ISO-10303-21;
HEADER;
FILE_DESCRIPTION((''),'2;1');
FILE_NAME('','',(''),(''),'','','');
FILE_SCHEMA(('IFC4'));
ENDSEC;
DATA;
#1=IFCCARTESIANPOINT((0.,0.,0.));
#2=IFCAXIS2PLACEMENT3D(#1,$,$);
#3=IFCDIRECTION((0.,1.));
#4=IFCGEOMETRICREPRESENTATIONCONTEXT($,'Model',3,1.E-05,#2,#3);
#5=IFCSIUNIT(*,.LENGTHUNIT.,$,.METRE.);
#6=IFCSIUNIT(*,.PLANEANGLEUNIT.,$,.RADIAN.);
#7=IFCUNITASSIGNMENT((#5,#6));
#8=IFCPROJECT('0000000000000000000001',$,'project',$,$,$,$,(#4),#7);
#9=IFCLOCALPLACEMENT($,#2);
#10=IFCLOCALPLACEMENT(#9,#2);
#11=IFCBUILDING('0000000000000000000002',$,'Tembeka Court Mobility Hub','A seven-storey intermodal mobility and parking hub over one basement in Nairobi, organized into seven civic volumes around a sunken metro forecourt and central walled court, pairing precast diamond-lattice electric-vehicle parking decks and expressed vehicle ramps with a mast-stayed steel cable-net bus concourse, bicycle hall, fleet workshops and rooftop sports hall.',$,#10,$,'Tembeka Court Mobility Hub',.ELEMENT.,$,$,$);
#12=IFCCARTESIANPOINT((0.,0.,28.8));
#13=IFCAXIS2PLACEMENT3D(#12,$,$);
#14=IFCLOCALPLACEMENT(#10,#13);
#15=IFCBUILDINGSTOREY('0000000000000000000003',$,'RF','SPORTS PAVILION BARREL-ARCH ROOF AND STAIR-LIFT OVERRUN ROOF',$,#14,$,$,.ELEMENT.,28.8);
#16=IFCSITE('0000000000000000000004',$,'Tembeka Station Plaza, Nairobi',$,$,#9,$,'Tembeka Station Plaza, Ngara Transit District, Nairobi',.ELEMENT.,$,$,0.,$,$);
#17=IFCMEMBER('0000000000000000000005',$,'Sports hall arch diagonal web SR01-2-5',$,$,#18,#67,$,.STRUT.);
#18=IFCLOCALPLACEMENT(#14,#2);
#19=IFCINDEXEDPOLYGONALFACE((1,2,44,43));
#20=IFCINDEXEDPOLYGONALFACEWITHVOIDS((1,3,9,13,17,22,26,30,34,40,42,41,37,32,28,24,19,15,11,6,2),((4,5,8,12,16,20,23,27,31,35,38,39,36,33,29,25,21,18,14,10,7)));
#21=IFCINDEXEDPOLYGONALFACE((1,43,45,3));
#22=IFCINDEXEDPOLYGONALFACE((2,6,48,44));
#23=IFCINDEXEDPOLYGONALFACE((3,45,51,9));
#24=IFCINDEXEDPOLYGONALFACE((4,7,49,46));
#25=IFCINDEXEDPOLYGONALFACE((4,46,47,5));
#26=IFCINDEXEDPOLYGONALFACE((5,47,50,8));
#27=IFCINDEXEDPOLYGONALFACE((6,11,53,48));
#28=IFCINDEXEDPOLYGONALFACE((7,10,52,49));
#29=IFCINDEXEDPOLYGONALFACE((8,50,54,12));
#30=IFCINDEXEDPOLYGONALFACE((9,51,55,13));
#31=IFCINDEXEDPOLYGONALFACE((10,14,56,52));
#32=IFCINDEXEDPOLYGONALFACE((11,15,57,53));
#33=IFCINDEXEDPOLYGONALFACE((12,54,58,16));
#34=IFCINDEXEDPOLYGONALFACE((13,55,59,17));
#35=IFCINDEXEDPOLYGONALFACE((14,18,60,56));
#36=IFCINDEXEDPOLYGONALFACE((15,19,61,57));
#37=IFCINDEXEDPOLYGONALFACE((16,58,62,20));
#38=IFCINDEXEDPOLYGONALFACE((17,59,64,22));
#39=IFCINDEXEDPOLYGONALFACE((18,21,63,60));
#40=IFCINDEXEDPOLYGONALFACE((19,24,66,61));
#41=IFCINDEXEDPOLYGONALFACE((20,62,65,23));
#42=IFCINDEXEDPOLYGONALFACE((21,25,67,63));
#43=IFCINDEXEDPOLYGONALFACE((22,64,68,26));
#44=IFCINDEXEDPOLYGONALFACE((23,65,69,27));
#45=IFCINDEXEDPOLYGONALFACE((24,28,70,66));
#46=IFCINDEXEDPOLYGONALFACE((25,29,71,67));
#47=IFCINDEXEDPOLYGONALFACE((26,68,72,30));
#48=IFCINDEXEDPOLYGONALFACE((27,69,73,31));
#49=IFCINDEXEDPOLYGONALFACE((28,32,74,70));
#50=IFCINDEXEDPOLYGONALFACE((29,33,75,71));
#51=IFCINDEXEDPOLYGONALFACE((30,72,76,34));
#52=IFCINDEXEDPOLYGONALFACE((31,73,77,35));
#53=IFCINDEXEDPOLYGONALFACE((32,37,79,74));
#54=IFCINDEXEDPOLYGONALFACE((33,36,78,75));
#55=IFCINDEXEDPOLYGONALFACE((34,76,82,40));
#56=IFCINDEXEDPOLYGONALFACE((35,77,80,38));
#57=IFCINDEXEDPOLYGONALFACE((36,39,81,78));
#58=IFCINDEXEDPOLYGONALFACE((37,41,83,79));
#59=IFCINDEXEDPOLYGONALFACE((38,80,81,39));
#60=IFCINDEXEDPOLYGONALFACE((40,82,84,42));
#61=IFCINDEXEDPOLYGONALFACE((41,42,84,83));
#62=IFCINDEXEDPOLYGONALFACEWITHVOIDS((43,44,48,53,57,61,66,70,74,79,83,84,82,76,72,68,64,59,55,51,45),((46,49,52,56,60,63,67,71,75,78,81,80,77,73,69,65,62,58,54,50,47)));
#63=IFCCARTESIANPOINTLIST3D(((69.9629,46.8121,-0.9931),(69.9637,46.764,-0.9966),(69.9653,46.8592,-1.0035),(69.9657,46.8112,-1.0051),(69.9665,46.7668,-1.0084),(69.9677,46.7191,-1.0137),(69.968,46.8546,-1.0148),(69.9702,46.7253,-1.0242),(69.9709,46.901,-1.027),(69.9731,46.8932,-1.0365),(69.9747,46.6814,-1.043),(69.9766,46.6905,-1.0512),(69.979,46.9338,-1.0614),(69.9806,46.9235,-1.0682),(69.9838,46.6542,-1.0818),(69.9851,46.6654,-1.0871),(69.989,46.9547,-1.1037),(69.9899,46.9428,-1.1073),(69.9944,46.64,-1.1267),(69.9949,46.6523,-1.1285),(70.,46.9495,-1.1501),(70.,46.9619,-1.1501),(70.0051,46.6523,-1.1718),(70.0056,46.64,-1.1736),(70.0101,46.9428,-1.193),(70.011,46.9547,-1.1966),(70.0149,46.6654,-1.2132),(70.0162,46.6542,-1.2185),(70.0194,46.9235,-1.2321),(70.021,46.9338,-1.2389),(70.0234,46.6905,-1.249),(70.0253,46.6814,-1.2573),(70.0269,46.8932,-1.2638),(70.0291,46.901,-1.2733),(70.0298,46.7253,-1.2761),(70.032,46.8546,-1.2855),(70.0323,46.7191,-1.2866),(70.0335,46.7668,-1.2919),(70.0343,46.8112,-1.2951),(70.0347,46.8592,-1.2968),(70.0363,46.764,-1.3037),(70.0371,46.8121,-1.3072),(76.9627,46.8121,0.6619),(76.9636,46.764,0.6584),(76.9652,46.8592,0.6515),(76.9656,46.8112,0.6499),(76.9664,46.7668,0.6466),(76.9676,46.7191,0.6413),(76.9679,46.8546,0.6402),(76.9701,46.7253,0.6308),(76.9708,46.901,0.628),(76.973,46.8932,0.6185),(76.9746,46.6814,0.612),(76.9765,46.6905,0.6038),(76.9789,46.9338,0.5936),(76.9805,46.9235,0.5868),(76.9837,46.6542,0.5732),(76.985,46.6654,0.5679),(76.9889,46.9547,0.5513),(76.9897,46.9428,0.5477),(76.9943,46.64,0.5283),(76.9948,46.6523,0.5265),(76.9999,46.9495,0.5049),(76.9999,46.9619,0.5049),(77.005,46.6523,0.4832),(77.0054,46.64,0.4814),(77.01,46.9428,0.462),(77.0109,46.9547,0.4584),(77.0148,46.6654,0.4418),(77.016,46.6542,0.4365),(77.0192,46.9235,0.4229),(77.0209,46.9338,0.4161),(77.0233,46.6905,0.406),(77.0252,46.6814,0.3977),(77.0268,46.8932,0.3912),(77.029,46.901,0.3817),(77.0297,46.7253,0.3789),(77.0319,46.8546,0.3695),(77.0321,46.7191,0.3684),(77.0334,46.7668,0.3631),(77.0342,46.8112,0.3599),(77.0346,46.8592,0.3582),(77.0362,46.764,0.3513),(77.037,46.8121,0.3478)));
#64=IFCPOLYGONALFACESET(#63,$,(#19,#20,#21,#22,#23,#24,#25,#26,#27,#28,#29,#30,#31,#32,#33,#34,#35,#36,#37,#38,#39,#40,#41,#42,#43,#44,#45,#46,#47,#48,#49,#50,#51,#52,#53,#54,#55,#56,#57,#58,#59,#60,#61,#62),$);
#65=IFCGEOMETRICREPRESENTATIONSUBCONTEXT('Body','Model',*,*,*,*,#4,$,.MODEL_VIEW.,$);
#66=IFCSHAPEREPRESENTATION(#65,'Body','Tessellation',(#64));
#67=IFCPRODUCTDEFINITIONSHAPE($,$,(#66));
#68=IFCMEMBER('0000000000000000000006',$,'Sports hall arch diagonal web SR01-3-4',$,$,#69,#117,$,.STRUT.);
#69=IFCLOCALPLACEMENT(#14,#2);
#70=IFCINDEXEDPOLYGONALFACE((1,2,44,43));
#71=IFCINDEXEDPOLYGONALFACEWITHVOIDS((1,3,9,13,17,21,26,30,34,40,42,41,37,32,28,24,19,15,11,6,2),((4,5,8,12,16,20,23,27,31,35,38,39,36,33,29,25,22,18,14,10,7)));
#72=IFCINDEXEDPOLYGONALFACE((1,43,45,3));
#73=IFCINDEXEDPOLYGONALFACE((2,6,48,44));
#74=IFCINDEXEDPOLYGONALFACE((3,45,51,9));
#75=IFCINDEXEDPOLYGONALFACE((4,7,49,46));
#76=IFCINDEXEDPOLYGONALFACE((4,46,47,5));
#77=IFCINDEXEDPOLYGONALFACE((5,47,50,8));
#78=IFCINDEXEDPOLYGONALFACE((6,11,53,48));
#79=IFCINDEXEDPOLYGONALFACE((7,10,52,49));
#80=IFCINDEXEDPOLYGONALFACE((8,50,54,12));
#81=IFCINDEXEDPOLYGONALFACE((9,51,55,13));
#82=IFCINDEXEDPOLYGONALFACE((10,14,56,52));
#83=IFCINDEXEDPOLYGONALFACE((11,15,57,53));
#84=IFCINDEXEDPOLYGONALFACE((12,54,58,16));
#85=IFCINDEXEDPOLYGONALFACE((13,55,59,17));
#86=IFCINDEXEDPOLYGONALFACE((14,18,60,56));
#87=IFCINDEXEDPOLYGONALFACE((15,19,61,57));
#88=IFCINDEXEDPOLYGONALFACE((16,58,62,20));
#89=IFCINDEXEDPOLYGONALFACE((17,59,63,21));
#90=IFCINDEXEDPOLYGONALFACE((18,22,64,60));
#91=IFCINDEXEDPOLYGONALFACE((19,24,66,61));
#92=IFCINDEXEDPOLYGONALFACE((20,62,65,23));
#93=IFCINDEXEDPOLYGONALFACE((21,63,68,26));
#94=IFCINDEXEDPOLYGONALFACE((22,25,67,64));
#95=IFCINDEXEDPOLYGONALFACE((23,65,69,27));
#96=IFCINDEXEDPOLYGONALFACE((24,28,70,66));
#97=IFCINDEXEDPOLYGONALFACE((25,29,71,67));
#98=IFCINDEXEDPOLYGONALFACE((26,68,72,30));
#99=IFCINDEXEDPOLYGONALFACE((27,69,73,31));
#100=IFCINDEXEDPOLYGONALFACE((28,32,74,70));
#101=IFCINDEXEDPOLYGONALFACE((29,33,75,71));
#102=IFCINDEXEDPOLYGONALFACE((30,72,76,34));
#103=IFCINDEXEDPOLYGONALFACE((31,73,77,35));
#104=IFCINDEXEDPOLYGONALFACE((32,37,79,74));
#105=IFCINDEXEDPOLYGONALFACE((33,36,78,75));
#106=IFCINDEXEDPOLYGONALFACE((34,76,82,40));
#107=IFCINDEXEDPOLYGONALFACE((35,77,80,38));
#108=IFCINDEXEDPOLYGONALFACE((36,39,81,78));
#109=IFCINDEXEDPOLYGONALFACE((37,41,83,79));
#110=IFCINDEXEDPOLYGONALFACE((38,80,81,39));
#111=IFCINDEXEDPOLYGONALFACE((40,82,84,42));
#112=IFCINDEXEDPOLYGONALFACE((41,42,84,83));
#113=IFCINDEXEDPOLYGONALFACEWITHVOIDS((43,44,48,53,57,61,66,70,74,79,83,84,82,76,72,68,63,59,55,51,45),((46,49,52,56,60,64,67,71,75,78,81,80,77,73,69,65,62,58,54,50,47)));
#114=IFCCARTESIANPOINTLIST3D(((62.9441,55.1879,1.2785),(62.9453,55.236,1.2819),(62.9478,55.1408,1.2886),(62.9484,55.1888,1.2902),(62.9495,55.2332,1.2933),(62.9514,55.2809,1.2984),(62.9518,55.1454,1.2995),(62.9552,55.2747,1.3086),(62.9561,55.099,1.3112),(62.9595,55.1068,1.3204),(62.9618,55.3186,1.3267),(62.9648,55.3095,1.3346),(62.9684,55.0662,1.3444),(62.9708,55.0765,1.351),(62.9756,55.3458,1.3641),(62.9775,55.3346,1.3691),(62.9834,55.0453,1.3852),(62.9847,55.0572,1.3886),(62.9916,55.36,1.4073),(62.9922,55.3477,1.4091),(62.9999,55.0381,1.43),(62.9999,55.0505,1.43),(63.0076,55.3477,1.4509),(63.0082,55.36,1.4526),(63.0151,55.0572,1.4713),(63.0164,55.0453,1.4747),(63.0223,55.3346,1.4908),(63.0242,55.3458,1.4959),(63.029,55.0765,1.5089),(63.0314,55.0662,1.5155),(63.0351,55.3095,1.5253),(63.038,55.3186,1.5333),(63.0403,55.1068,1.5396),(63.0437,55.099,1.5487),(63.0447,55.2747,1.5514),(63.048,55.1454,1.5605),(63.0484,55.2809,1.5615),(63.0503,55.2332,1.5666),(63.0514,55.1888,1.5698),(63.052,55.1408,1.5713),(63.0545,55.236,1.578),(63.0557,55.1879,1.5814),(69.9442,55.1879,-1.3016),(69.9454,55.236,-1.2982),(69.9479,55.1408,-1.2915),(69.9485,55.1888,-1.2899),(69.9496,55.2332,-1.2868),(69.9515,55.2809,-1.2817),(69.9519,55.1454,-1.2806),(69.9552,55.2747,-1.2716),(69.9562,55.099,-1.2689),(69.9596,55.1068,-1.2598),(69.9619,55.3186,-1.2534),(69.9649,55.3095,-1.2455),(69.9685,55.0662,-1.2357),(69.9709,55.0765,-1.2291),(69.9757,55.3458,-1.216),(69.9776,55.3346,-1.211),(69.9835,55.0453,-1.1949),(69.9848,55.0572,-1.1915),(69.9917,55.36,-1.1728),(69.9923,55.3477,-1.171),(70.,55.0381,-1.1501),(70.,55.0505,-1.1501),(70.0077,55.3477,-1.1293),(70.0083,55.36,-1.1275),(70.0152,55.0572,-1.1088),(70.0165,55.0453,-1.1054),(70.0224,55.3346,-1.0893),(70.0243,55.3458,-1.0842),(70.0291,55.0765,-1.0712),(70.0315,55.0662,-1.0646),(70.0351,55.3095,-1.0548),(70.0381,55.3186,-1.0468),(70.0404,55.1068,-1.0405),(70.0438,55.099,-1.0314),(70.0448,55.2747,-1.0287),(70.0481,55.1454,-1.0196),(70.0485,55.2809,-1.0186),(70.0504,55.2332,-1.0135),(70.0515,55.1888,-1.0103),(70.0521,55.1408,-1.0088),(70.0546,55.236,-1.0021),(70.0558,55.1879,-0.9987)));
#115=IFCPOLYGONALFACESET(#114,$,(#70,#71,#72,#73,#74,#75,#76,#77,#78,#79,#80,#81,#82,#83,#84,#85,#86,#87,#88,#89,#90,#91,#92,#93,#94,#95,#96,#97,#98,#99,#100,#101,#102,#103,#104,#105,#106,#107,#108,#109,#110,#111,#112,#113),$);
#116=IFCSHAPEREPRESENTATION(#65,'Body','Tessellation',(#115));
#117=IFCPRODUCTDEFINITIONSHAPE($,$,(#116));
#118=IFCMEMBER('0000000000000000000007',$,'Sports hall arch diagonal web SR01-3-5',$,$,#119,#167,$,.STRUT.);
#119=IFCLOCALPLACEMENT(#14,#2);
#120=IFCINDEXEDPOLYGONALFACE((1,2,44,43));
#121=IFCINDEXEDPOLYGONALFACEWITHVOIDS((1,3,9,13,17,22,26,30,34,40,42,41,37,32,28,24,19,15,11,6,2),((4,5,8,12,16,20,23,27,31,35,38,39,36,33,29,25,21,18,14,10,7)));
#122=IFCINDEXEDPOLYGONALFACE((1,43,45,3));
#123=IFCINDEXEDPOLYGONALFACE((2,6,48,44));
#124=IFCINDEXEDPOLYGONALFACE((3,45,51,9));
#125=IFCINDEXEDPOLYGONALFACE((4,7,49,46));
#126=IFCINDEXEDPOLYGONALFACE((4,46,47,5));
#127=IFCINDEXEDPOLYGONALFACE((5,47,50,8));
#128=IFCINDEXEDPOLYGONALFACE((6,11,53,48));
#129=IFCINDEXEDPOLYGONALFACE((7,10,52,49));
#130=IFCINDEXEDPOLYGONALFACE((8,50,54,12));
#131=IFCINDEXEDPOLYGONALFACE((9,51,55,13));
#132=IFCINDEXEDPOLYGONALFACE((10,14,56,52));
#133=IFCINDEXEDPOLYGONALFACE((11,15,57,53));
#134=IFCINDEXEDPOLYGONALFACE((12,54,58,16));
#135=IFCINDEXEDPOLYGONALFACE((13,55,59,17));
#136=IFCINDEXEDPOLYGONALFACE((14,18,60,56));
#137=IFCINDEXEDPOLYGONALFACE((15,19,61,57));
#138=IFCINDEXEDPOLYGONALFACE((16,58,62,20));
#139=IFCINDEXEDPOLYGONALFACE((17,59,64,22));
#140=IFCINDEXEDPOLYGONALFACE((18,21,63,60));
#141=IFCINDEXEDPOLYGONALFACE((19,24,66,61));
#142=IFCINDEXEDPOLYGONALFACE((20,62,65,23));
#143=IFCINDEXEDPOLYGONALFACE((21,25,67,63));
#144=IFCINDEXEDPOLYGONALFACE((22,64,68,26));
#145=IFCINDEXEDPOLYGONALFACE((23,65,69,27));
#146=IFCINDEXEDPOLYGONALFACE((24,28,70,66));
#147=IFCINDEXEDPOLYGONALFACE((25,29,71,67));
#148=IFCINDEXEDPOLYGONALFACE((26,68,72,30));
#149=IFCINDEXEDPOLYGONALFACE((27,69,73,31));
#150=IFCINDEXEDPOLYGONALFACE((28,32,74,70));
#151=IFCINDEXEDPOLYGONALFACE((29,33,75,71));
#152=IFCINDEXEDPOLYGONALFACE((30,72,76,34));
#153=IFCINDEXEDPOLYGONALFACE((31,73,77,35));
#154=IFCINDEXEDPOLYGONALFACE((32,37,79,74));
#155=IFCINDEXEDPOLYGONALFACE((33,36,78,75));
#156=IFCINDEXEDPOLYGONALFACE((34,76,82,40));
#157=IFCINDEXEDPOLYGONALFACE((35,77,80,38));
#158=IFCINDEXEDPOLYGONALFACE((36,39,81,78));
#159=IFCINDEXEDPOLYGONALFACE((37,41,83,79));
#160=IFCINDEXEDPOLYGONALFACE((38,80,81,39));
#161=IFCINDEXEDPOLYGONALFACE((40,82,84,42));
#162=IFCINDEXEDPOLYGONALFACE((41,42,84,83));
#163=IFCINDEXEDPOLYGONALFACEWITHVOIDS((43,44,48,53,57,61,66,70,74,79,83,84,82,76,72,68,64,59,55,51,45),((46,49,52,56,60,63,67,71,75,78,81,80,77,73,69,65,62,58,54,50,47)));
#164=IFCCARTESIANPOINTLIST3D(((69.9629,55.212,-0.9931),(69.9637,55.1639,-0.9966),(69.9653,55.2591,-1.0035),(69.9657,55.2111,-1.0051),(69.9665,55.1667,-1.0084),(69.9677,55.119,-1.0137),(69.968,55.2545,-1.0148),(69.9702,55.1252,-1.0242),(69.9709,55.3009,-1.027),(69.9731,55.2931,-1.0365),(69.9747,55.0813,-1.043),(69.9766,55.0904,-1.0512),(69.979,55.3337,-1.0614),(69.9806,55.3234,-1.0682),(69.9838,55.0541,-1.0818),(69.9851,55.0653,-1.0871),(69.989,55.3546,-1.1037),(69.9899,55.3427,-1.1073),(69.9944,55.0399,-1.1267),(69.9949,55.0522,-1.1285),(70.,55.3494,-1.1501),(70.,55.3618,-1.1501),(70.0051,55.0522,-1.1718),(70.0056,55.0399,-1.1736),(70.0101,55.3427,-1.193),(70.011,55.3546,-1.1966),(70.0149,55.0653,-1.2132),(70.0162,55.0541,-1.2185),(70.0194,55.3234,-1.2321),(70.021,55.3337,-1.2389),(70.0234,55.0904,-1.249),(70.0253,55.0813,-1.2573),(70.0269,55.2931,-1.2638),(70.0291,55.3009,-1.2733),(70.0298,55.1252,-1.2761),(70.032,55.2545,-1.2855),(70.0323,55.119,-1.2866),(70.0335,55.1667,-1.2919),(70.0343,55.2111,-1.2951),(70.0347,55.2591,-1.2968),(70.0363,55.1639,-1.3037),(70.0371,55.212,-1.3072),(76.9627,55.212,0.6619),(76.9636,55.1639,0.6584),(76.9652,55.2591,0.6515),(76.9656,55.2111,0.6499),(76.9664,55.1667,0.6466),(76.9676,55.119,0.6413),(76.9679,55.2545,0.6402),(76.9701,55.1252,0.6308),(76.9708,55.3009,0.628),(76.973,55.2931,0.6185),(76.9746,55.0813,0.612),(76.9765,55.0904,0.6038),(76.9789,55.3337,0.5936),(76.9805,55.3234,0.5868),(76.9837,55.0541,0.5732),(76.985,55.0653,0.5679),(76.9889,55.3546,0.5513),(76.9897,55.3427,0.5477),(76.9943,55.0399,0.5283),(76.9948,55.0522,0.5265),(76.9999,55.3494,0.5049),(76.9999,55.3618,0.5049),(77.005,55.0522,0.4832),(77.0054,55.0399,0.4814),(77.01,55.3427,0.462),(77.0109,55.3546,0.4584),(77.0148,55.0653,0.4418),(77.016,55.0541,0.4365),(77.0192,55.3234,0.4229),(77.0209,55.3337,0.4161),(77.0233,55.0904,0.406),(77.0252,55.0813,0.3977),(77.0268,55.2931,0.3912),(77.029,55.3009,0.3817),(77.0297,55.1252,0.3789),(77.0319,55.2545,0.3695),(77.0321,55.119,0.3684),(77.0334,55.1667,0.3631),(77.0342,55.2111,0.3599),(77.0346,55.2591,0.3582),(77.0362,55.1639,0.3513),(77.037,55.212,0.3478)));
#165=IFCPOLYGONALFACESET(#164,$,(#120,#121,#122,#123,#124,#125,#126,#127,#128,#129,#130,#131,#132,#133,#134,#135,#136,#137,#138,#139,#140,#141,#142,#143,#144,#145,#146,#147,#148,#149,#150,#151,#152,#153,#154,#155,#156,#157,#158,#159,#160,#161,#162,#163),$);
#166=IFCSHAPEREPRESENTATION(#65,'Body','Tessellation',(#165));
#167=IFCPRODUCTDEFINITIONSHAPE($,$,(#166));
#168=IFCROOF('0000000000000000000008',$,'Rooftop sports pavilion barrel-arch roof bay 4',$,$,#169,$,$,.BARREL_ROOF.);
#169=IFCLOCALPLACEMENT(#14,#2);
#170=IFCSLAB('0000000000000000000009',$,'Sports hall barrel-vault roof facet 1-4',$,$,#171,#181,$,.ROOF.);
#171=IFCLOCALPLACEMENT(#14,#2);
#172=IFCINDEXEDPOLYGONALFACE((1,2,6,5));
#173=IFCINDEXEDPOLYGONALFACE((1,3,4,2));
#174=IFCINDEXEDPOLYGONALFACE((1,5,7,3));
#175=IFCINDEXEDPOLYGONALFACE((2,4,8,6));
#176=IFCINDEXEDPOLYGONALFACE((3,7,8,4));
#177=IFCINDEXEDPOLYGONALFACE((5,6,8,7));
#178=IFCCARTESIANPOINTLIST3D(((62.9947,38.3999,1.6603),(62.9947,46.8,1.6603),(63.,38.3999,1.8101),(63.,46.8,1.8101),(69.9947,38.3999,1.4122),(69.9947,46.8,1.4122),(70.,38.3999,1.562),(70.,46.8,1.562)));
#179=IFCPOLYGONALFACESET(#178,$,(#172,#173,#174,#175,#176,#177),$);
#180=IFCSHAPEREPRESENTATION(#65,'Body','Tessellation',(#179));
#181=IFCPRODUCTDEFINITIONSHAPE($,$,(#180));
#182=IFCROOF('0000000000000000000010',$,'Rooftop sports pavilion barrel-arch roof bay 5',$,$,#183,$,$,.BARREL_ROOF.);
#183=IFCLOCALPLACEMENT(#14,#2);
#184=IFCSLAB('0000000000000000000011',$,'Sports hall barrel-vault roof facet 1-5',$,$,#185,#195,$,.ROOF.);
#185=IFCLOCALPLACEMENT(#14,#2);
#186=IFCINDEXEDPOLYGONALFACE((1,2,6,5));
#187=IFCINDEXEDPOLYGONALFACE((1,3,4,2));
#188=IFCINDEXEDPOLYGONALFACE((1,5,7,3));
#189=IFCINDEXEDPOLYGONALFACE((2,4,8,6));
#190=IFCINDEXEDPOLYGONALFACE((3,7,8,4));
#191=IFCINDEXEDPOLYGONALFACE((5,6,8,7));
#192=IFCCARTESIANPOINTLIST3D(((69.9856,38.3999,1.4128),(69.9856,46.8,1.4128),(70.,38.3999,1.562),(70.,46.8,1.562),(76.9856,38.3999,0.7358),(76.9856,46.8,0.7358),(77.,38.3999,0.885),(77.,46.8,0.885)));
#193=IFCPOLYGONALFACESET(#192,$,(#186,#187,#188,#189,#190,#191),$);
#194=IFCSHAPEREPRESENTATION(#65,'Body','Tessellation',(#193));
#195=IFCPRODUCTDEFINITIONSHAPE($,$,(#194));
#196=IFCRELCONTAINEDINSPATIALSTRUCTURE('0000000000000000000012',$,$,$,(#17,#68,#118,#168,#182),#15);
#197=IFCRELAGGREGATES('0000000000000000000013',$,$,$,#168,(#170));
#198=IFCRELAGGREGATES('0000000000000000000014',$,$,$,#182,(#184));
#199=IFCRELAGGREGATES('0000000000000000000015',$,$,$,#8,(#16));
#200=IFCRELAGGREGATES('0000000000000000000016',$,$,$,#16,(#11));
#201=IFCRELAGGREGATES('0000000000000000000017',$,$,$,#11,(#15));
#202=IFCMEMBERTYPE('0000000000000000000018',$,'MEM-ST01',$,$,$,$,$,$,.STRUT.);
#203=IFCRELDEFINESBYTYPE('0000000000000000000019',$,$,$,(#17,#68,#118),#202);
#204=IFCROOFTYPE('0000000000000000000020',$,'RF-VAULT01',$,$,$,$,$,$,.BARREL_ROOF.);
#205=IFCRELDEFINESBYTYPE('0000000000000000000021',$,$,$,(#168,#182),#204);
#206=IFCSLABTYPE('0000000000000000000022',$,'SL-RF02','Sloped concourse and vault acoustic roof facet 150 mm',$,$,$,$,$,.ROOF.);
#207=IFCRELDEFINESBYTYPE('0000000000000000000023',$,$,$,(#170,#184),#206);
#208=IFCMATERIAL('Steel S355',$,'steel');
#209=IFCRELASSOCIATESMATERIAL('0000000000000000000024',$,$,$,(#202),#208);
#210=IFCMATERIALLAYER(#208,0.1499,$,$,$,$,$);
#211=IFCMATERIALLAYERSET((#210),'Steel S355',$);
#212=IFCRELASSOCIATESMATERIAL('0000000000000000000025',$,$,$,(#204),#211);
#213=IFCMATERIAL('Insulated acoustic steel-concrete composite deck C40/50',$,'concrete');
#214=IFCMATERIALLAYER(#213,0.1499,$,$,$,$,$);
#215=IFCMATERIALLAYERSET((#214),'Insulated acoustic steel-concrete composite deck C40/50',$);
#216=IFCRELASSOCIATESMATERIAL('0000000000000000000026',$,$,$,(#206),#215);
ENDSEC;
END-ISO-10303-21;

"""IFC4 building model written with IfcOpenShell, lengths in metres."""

from ifc_helpers import new_model, si_unit, direction, frame, origin, origin_2d, place, context, subcontext, project, spatial, polyline, hollow_circle, outline, extrude, material, layer, layer_set, material_profile, profile_set, type_object, element, aggregate, save


model = new_model("IFC4")

# Units and contexts
model_context = context("Model", 3, precision=1e-05, world=origin(), true_north=direction((0.0, 1.0)))
body_context = subcontext(model_context, "Body", "Model", "MODEL_VIEW")
ifc_project = project(units=[si_unit("LENGTHUNIT", "METRE"), si_unit("PLANEANGLEUNIT", "RADIAN")], contexts=[model_context])

# Site, building, storey
site_placement = place(None, origin())
site = spatial("IfcSite", under=ifc_project, at=site_placement, Name="Tembeka Station Plaza, Nairobi", LongName="Tembeka Station Plaza, Ngara Transit District, Nairobi", CompositionType="ELEMENT", RefElevation=0.0)
building_placement = place(site_placement, origin())
building = spatial("IfcBuilding", under=site, at=building_placement, Name="Tembeka Court Mobility Hub", Description="A seven-storey intermodal mobility and parking hub over one basement in Nairobi, organized into seven civic volumes around a sunken metro forecourt and central walled court, pairing precast diamond-lattice electric-vehicle parking decks and expressed vehicle ramps with a mast-stayed steel cable-net bus concourse, bicycle hall, fleet workshops and rooftop sports hall.", LongName="Tembeka Court Mobility Hub", CompositionType="ELEMENT")
storey_placement = place(building_placement, frame((0.0, 0.0, 28.8)))
storey = spatial("IfcBuildingStorey", under=building, at=storey_placement, Name="RF", Description="SPORTS PAVILION BARREL-ARCH ROOF AND STAIR-LIFT OVERRUN ROOF", CompositionType="ELEMENT", Elevation=28.8)

# Shared definitions
ifc_material_1 = material(Name="Steel S355", Category="steel")

# Members
ifc_material_profile_1 = material_profile(ifc_material_1, hollow_circle(Radius=0.1619, WallThickness=0.0125, at=origin_2d()), Name="CHS 323.9x12.5")
ifc_profile_set_1 = profile_set([ifc_material_profile_1], Name="Steel S355")
member_type = type_object("IfcMemberType", Name="MEM-ST01", PredefinedType="STRUT", material=ifc_profile_set_1)
member_1_placement = place(storey_placement, frame((70.0, 46.8, -1.1501), z_axis=(0.97317, 0.0, 0.230089), x_axis=(0.0, 1.0, 0.0)))
element("IfcMember", 1, at=member_1_placement, inside=storey, type_object=member_type, Name="Sports hall arch diagonal web SR01-2-5", PredefinedType="STRUT", context=body_context, shape_type="SweptSolid", body=[
    extrude(hollow_circle(Radius=0.1619, WallThickness=0.0125, at=origin_2d()), origin(), (0.0, 0.0, 1.0), 7.1929),
])
member_2_placement = place(storey_placement, frame((70.0, 55.2, -1.1501), z_axis=(-0.938294, 0.0, 0.345839), x_axis=(0.0, -1.0, 0.0)))
element("IfcMember", 2, at=member_2_placement, inside=storey, type_object=member_type, Name="Sports hall arch diagonal web SR01-3-4", PredefinedType="STRUT", context=body_context, shape_type="SweptSolid", body=[
    extrude(hollow_circle(Radius=0.1619, WallThickness=0.0125, at=origin_2d()), origin(), (0.0, 0.0, 1.0), 7.4604),
])
member_3_placement = place(storey_placement, frame((70.0, 55.2, -1.1501), z_axis=(0.97317, 0.0, 0.230089), x_axis=(0.0, 1.0, 0.0)))
element("IfcMember", 3, at=member_3_placement, inside=storey, type_object=member_type, Name="Sports hall arch diagonal web SR01-3-5", PredefinedType="STRUT", context=body_context, shape_type="SweptSolid", body=[
    extrude(hollow_circle(Radius=0.1619, WallThickness=0.0125, at=origin_2d()), origin(), (0.0, 0.0, 1.0), 7.1929),
])

# Roofs, slabs
ifc_layer_1 = layer(ifc_material_1, 0.1499)
ifc_layer_set_1 = layer_set([ifc_layer_1], Name="Steel S355")
roof_type = type_object("IfcRoofType", Name="RF-VAULT01", PredefinedType="BARREL_ROOF", material=ifc_layer_set_1)
roof_1_placement = place(storey_placement, origin())
roof_1 = element("IfcRoof", 4, at=roof_1_placement, inside=storey, type_object=roof_type, Name="Rooftop sports pavilion barrel-arch roof bay 4", PredefinedType="BARREL_ROOF")
ifc_material_2 = material(Name="Insulated acoustic steel-concrete composite deck C40/50", Category="concrete")
ifc_layer_2 = layer(ifc_material_2, 0.1499)
ifc_layer_set_2 = layer_set([ifc_layer_2], Name="Insulated acoustic steel-concrete composite deck C40/50")
slab_type = type_object("IfcSlabType", Name="SL-RF02", Description="Sloped concourse and vault acoustic roof facet 150 mm", PredefinedType="ROOF", material=ifc_layer_set_2)
slab_1_placement = place(storey_placement, frame((63.0, 38.3999, 1.8101), z_axis=(0.035413, 0.0, 0.999373), x_axis=(0.999373, 0.0, -0.035413)))
slab_1 = element("IfcSlab", 5, at=slab_1_placement, type_object=slab_type, Name="Sports hall barrel-vault roof facet 1-4", PredefinedType="ROOF", context=body_context, shape_type="SweptSolid", body=[
    extrude(outline(polyline([(0.0, 0.0), (7.0044, 0.0), (7.0044, 8.4001), (0.0, 8.4001), (0.0, 0.0)])), origin(), (0.0, 0.0, -1.0), 0.1499),
])
roof_2_placement = place(storey_placement, origin())
roof_2 = element("IfcRoof", 6, at=roof_2_placement, inside=storey, type_object=roof_type, Name="Rooftop sports pavilion barrel-arch roof bay 5", PredefinedType="BARREL_ROOF")
slab_2_placement = place(storey_placement, frame((70.0, 38.3999, 1.562), z_axis=(0.096265, 0.0, 0.995356), x_axis=(0.995356, 0.0, -0.096265)))
slab_2 = element("IfcSlab", 7, at=slab_2_placement, type_object=slab_type, Name="Sports hall barrel-vault roof facet 1-5", PredefinedType="ROOF", context=body_context, shape_type="SweptSolid", body=[
    extrude(outline(polyline([(0.0, 0.0), (7.0327, 0.0), (7.0327, 8.4001), (0.0, 8.4001), (0.0, 0.0)])), origin(), (0.0, 0.0, -1.0), 0.1499),
])

aggregate(roof_1, [slab_1])
aggregate(roof_2, [slab_2])

save(model, "model.ifc")
